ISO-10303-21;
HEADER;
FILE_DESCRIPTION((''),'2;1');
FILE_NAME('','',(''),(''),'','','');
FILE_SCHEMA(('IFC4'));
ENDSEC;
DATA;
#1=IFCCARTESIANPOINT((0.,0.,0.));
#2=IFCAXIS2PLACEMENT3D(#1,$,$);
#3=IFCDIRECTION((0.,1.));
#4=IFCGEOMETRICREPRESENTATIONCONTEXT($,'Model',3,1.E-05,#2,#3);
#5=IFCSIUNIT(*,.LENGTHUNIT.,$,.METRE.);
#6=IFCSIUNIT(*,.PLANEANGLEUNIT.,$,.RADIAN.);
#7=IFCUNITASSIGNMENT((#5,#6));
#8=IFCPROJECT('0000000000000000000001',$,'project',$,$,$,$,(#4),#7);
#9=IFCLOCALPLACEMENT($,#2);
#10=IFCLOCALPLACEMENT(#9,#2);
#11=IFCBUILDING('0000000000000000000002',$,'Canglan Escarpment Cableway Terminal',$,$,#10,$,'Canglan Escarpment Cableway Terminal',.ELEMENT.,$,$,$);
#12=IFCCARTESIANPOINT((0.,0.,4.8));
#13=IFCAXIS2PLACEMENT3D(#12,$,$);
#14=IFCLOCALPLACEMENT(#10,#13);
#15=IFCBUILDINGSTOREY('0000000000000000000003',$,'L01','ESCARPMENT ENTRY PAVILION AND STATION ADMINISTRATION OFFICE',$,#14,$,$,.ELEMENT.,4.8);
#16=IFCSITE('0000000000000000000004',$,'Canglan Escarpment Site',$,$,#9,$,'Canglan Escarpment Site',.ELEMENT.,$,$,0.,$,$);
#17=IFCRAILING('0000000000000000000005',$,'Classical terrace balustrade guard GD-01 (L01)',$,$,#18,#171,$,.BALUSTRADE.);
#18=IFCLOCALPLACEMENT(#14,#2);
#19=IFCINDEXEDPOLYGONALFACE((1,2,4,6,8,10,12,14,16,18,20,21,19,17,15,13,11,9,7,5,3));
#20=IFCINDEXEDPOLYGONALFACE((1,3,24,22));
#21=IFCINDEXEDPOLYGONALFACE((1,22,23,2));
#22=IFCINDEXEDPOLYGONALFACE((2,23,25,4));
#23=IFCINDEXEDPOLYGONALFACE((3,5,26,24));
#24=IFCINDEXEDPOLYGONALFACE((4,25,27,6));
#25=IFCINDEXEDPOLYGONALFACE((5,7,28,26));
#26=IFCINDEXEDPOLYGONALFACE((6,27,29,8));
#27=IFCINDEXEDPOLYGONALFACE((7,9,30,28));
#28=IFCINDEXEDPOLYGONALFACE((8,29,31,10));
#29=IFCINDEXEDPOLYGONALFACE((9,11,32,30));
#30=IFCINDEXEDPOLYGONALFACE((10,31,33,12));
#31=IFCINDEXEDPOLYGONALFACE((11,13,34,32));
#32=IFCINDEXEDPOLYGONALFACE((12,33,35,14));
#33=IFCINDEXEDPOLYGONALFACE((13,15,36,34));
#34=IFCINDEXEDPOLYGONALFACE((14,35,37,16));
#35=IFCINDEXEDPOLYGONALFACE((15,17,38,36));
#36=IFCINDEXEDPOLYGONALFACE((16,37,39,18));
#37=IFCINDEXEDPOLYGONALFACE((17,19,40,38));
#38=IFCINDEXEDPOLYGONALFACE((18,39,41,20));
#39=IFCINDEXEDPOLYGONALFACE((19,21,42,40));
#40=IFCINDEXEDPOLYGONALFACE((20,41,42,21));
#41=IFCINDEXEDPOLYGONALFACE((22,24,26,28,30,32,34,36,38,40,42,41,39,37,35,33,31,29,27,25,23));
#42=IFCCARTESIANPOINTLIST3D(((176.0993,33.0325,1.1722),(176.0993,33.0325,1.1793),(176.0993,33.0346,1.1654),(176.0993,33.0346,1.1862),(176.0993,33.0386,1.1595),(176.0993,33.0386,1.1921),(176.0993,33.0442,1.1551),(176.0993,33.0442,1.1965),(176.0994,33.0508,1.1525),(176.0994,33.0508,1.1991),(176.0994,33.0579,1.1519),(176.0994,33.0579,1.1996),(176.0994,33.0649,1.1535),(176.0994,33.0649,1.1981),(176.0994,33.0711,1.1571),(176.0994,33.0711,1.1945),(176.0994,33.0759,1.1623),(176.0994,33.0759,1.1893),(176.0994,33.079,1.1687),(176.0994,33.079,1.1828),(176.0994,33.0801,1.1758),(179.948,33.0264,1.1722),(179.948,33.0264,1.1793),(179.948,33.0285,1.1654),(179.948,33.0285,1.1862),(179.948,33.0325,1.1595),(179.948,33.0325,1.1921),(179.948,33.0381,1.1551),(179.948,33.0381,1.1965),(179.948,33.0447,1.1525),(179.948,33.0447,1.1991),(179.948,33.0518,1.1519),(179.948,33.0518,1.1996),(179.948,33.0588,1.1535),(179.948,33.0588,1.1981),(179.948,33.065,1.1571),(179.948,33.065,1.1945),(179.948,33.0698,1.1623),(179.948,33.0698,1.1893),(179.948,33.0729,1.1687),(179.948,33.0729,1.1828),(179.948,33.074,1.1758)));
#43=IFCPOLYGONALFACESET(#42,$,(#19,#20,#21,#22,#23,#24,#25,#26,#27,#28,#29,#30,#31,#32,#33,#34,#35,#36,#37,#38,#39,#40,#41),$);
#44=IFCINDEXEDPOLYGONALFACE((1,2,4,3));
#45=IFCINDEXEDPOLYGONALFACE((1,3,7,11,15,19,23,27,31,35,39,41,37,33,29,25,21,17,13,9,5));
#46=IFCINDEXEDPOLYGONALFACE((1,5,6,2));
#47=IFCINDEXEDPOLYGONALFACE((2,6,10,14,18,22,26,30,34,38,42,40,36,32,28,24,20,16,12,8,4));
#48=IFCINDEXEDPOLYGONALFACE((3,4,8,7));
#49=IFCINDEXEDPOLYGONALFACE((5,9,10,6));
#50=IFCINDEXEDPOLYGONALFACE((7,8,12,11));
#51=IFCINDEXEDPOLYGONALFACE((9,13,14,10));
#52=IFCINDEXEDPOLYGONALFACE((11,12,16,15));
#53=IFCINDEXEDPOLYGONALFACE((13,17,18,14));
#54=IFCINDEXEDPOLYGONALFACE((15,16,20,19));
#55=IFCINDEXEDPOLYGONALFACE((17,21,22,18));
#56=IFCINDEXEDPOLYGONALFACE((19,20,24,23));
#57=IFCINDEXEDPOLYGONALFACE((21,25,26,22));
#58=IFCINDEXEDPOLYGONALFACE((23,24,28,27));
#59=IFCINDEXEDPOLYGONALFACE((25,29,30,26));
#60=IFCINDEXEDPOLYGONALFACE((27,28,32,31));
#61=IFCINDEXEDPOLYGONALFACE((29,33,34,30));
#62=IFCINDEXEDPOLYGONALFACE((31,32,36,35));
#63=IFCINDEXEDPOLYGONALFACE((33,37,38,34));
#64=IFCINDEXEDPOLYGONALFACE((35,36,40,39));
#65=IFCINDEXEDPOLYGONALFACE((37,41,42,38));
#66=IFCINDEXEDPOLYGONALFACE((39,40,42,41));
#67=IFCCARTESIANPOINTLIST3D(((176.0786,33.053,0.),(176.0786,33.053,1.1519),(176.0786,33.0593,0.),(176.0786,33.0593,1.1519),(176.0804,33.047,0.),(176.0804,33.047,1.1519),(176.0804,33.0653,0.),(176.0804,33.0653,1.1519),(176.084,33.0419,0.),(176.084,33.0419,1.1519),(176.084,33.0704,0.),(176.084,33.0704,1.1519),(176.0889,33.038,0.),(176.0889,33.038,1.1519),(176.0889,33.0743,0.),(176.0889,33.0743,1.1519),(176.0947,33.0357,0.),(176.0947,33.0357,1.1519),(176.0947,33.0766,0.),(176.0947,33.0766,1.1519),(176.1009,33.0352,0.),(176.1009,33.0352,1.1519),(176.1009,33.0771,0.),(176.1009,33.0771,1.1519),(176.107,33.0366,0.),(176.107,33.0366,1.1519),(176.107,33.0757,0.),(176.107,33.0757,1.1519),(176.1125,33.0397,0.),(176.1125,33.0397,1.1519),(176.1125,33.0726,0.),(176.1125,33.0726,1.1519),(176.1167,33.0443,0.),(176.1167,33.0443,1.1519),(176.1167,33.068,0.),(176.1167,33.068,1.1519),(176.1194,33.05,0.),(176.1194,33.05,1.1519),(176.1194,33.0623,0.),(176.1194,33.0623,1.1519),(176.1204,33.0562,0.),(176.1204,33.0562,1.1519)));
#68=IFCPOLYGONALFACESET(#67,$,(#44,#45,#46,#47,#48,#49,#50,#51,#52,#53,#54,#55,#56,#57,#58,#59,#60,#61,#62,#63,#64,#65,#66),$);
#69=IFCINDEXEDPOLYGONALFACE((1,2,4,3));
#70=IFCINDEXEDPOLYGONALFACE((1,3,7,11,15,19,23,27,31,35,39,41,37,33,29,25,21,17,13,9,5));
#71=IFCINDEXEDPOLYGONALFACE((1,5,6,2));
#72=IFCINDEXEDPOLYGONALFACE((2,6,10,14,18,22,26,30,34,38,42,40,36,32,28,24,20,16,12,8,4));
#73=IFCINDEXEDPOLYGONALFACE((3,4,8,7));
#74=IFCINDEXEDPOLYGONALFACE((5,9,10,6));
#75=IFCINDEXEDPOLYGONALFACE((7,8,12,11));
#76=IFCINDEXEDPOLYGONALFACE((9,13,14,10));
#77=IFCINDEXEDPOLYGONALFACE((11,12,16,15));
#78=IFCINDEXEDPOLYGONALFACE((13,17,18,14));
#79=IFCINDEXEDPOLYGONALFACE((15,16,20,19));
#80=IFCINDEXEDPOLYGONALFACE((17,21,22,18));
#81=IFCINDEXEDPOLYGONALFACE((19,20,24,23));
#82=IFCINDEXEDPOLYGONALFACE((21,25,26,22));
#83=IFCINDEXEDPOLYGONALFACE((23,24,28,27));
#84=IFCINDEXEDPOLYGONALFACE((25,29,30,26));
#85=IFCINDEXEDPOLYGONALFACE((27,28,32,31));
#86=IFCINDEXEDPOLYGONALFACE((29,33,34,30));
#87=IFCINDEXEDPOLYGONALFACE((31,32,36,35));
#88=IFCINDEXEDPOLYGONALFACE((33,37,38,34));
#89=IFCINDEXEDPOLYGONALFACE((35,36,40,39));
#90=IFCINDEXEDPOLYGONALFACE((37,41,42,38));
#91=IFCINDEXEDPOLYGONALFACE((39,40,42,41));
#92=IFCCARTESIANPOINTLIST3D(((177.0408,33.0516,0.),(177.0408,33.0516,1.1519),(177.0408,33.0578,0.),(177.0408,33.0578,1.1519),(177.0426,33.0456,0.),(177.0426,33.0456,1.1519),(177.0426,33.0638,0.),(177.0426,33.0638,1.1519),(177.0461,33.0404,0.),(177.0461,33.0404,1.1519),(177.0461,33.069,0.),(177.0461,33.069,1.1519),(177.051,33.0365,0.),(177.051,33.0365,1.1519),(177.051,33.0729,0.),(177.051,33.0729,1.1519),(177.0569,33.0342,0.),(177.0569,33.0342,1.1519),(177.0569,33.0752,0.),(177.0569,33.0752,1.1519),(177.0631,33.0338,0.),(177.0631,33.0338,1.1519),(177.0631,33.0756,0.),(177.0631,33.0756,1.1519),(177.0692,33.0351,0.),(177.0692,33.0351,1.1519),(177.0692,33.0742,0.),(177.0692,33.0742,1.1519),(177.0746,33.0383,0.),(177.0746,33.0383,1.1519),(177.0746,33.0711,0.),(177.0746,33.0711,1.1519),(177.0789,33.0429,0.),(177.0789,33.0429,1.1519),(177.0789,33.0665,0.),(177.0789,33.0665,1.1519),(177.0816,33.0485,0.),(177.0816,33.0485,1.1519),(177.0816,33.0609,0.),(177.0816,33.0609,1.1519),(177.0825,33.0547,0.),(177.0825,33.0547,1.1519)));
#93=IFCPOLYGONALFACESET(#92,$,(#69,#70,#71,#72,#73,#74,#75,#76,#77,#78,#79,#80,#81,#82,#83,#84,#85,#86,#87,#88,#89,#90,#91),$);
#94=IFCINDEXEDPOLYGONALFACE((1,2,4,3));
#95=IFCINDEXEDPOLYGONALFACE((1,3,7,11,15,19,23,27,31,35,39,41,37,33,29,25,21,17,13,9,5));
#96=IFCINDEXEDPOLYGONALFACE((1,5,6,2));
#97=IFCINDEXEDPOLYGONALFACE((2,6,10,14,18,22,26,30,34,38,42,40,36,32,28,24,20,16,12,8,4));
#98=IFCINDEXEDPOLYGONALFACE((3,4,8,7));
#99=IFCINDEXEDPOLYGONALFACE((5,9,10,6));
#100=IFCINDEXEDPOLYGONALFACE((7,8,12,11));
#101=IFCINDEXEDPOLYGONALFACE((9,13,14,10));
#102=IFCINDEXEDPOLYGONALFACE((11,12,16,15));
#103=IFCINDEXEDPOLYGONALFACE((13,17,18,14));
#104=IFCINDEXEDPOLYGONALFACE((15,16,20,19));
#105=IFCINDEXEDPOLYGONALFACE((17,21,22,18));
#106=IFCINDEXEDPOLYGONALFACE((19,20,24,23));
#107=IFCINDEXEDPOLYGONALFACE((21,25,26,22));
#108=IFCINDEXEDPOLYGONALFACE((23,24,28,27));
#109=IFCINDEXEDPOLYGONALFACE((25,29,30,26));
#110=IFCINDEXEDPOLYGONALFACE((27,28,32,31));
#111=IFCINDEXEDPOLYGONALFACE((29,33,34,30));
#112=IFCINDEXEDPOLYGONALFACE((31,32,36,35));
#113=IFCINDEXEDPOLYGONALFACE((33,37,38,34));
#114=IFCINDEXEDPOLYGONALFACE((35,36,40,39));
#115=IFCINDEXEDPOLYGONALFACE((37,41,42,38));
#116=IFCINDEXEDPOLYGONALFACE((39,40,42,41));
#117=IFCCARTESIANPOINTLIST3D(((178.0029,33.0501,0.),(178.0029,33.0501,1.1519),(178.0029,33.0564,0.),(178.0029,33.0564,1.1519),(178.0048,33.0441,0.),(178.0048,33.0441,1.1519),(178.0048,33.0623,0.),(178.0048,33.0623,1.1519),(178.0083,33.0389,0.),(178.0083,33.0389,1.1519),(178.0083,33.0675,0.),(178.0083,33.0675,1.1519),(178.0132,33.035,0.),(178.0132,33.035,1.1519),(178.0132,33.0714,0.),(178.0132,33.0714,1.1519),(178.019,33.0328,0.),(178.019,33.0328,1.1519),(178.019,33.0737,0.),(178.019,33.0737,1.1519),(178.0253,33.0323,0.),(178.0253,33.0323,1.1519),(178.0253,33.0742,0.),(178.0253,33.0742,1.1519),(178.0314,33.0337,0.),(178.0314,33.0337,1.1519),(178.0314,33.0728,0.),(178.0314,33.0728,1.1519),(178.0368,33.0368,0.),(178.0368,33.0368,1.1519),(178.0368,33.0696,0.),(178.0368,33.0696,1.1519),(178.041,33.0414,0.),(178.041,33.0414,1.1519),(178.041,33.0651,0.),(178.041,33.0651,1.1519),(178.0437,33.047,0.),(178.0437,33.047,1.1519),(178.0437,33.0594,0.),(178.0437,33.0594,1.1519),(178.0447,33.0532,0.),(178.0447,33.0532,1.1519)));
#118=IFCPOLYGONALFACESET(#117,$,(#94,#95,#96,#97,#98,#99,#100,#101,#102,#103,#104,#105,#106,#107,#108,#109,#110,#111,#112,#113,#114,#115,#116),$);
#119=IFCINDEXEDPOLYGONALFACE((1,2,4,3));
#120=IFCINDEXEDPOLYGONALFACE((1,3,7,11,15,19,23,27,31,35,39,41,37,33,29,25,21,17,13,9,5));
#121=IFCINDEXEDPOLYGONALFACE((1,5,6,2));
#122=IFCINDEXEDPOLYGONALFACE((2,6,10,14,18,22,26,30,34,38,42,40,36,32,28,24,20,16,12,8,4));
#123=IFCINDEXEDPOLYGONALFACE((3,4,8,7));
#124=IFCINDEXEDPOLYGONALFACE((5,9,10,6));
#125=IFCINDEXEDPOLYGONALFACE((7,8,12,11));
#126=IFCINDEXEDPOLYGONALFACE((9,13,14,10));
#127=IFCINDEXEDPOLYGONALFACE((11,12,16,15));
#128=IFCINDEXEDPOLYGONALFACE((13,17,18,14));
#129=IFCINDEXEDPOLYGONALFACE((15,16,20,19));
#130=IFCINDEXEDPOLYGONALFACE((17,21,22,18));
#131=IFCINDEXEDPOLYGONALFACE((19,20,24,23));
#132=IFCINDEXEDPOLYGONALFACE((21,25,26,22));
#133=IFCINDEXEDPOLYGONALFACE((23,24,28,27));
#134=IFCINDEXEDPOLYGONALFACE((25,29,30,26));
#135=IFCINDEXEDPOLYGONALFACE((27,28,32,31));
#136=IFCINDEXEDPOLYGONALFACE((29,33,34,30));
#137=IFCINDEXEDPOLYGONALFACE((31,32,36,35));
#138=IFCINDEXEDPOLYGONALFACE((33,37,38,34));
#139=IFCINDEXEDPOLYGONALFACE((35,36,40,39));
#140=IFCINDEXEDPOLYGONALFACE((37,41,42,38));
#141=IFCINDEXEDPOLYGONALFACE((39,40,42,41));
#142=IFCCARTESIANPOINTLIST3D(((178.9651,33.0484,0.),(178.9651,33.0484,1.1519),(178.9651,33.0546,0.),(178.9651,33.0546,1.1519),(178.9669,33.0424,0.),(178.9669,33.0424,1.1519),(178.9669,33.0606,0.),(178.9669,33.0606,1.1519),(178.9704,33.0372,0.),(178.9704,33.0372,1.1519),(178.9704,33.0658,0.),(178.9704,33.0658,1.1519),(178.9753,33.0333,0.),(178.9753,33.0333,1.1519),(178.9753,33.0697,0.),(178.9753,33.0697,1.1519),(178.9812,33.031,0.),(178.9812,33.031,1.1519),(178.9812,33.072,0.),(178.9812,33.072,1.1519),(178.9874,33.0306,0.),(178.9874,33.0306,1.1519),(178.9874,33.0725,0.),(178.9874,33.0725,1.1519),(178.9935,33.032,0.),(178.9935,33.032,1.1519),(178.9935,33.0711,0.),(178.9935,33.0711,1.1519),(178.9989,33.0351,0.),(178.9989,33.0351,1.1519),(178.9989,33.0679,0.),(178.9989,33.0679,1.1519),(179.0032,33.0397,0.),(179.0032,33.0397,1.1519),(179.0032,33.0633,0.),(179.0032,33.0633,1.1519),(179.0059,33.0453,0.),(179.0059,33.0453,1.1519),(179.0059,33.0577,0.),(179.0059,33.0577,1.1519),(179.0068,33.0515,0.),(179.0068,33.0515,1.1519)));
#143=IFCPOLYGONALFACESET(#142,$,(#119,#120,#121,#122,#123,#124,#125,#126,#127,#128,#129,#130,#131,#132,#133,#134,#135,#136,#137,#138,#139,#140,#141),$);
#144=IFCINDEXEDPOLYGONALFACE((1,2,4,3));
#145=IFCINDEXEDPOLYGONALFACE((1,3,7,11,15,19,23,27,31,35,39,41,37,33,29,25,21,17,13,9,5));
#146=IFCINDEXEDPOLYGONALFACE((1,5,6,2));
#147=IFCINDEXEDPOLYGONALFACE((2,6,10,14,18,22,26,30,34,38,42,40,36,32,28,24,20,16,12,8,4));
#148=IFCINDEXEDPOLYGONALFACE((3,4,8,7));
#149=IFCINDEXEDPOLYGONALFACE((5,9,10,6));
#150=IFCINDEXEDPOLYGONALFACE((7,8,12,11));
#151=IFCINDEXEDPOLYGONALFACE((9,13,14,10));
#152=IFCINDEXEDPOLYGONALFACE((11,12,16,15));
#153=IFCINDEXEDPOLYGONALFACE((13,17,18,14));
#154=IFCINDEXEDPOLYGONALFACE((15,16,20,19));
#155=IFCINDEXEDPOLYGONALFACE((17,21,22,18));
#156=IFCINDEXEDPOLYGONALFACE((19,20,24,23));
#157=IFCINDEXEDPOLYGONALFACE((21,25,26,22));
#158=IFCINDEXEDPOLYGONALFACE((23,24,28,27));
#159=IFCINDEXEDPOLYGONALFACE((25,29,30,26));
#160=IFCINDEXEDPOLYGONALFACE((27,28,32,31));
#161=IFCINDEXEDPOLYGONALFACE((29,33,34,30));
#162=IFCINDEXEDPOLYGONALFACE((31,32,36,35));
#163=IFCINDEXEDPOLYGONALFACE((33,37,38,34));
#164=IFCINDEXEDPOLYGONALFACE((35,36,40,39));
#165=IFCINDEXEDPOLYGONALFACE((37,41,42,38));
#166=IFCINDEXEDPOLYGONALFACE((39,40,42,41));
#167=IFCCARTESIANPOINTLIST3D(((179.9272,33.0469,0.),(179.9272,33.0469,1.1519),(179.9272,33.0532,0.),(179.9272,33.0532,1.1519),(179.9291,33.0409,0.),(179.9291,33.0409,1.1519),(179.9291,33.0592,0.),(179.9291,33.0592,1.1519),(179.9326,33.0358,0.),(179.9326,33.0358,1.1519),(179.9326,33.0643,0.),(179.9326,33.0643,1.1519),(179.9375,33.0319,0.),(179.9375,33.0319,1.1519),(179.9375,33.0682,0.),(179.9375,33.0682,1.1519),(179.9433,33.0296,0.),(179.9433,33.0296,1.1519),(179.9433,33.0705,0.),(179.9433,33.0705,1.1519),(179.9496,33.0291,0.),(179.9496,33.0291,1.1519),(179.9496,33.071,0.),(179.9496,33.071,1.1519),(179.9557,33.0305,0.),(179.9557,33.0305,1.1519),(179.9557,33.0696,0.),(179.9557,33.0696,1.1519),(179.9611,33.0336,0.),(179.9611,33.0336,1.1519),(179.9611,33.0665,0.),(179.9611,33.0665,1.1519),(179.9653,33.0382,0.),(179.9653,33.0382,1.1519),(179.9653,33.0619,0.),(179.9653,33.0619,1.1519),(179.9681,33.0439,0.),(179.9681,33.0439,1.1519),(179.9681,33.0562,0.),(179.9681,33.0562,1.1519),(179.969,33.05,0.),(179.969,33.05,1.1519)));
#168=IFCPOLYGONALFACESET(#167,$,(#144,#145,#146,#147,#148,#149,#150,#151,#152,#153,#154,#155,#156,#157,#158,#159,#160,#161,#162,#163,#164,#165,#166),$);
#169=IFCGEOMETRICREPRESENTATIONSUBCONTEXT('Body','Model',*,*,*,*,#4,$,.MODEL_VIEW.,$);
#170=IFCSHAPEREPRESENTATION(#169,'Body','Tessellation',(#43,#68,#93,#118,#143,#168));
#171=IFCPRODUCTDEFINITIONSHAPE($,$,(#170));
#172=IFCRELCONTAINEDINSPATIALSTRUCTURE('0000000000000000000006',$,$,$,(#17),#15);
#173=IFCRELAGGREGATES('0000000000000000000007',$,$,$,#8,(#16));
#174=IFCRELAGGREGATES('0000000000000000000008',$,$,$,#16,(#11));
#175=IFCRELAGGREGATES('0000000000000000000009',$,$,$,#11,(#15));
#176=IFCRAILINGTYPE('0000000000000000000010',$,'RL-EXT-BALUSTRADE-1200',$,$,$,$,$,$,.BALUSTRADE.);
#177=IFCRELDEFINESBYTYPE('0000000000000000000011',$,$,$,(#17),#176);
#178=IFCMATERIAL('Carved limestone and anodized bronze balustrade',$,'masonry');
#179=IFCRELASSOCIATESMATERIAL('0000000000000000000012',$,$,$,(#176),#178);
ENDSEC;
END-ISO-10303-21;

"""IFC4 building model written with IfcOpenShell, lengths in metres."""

from ifc_helpers import new_model, si_unit, direction, frame, origin, origin_2d, place, context, subcontext, project, spatial, circle, extrude, material, type_object, element, save


model = new_model("IFC4")

# Units and contexts
model_context = context("Model", 3, precision=1e-05, world=origin(), true_north=direction((0.0, 1.0)))
body_context = subcontext(model_context, "Body", "Model", "MODEL_VIEW")
ifc_project = project(units=[si_unit("LENGTHUNIT", "METRE"), si_unit("PLANEANGLEUNIT", "RADIAN")], contexts=[model_context])

# Site, building, storey
site_placement = place(None, origin())
site = spatial("IfcSite", under=ifc_project, at=site_placement, Name="Canglan Escarpment Site", LongName="Canglan Escarpment Site", CompositionType="ELEMENT", RefElevation=0.0)
building_placement = place(site_placement, origin())
building = spatial("IfcBuilding", under=site, at=building_placement, Name="Canglan Escarpment Cableway Terminal", LongName="Canglan Escarpment Cableway Terminal", CompositionType="ELEMENT")
storey_placement = place(building_placement, frame((0.0, 0.0, 4.8)))
storey = spatial("IfcBuildingStorey", under=building, at=storey_placement, Name="L01", Description="ESCARPMENT ENTRY PAVILION AND STATION ADMINISTRATION OFFICE", CompositionType="ELEMENT", Elevation=4.8)

# Railing
ifc_material_1 = material(Name="Carved limestone and anodized bronze balustrade", Category="masonry")
railing_type = type_object("IfcRailingType", Name="RL-EXT-BALUSTRADE-1200", PredefinedType="BALUSTRADE", material=ifc_material_1)
railing_1_placement = place(storey_placement, frame((176.0994, 33.0562, 0.0)))
element("IfcRailing", 1, at=railing_1_placement, inside=storey, type_object=railing_type, Name="Classical terrace balustrade guard GD-01 (L01)", PredefinedType="BALUSTRADE", context=body_context, shape_type="SweptSolid", body=[
    extrude(circle(Radius=0.0239, at=origin_2d()), frame((0.0, 0.0, 1.1758), z_axis=(0.999999, -0.001586, 0.0), x_axis=(0.001586, 0.999999, 0.0)), (0.0, 0.0, 1.0), 3.8486),
    extrude(circle(Radius=0.021, at=origin_2d()), origin(), (0.0, 0.0, 1.0), 1.1519),
    extrude(circle(Radius=0.021, at=origin_2d()), frame((0.9622, -0.0015, 0.0)), (0.0, 0.0, 1.0), 1.1519),
    extrude(circle(Radius=0.021, at=origin_2d()), frame((1.9243, -0.0029, 0.0)), (0.0, 0.0, 1.0), 1.1519),
    extrude(circle(Radius=0.021, at=origin_2d()), frame((2.8865, -0.0046, 0.0)), (0.0, 0.0, 1.0), 1.1519),
    extrude(circle(Radius=0.021, at=origin_2d()), frame((3.8486, -0.0061, 0.0)), (0.0, 0.0, 1.0), 1.1519),
])

save(model, "model.ifc")
